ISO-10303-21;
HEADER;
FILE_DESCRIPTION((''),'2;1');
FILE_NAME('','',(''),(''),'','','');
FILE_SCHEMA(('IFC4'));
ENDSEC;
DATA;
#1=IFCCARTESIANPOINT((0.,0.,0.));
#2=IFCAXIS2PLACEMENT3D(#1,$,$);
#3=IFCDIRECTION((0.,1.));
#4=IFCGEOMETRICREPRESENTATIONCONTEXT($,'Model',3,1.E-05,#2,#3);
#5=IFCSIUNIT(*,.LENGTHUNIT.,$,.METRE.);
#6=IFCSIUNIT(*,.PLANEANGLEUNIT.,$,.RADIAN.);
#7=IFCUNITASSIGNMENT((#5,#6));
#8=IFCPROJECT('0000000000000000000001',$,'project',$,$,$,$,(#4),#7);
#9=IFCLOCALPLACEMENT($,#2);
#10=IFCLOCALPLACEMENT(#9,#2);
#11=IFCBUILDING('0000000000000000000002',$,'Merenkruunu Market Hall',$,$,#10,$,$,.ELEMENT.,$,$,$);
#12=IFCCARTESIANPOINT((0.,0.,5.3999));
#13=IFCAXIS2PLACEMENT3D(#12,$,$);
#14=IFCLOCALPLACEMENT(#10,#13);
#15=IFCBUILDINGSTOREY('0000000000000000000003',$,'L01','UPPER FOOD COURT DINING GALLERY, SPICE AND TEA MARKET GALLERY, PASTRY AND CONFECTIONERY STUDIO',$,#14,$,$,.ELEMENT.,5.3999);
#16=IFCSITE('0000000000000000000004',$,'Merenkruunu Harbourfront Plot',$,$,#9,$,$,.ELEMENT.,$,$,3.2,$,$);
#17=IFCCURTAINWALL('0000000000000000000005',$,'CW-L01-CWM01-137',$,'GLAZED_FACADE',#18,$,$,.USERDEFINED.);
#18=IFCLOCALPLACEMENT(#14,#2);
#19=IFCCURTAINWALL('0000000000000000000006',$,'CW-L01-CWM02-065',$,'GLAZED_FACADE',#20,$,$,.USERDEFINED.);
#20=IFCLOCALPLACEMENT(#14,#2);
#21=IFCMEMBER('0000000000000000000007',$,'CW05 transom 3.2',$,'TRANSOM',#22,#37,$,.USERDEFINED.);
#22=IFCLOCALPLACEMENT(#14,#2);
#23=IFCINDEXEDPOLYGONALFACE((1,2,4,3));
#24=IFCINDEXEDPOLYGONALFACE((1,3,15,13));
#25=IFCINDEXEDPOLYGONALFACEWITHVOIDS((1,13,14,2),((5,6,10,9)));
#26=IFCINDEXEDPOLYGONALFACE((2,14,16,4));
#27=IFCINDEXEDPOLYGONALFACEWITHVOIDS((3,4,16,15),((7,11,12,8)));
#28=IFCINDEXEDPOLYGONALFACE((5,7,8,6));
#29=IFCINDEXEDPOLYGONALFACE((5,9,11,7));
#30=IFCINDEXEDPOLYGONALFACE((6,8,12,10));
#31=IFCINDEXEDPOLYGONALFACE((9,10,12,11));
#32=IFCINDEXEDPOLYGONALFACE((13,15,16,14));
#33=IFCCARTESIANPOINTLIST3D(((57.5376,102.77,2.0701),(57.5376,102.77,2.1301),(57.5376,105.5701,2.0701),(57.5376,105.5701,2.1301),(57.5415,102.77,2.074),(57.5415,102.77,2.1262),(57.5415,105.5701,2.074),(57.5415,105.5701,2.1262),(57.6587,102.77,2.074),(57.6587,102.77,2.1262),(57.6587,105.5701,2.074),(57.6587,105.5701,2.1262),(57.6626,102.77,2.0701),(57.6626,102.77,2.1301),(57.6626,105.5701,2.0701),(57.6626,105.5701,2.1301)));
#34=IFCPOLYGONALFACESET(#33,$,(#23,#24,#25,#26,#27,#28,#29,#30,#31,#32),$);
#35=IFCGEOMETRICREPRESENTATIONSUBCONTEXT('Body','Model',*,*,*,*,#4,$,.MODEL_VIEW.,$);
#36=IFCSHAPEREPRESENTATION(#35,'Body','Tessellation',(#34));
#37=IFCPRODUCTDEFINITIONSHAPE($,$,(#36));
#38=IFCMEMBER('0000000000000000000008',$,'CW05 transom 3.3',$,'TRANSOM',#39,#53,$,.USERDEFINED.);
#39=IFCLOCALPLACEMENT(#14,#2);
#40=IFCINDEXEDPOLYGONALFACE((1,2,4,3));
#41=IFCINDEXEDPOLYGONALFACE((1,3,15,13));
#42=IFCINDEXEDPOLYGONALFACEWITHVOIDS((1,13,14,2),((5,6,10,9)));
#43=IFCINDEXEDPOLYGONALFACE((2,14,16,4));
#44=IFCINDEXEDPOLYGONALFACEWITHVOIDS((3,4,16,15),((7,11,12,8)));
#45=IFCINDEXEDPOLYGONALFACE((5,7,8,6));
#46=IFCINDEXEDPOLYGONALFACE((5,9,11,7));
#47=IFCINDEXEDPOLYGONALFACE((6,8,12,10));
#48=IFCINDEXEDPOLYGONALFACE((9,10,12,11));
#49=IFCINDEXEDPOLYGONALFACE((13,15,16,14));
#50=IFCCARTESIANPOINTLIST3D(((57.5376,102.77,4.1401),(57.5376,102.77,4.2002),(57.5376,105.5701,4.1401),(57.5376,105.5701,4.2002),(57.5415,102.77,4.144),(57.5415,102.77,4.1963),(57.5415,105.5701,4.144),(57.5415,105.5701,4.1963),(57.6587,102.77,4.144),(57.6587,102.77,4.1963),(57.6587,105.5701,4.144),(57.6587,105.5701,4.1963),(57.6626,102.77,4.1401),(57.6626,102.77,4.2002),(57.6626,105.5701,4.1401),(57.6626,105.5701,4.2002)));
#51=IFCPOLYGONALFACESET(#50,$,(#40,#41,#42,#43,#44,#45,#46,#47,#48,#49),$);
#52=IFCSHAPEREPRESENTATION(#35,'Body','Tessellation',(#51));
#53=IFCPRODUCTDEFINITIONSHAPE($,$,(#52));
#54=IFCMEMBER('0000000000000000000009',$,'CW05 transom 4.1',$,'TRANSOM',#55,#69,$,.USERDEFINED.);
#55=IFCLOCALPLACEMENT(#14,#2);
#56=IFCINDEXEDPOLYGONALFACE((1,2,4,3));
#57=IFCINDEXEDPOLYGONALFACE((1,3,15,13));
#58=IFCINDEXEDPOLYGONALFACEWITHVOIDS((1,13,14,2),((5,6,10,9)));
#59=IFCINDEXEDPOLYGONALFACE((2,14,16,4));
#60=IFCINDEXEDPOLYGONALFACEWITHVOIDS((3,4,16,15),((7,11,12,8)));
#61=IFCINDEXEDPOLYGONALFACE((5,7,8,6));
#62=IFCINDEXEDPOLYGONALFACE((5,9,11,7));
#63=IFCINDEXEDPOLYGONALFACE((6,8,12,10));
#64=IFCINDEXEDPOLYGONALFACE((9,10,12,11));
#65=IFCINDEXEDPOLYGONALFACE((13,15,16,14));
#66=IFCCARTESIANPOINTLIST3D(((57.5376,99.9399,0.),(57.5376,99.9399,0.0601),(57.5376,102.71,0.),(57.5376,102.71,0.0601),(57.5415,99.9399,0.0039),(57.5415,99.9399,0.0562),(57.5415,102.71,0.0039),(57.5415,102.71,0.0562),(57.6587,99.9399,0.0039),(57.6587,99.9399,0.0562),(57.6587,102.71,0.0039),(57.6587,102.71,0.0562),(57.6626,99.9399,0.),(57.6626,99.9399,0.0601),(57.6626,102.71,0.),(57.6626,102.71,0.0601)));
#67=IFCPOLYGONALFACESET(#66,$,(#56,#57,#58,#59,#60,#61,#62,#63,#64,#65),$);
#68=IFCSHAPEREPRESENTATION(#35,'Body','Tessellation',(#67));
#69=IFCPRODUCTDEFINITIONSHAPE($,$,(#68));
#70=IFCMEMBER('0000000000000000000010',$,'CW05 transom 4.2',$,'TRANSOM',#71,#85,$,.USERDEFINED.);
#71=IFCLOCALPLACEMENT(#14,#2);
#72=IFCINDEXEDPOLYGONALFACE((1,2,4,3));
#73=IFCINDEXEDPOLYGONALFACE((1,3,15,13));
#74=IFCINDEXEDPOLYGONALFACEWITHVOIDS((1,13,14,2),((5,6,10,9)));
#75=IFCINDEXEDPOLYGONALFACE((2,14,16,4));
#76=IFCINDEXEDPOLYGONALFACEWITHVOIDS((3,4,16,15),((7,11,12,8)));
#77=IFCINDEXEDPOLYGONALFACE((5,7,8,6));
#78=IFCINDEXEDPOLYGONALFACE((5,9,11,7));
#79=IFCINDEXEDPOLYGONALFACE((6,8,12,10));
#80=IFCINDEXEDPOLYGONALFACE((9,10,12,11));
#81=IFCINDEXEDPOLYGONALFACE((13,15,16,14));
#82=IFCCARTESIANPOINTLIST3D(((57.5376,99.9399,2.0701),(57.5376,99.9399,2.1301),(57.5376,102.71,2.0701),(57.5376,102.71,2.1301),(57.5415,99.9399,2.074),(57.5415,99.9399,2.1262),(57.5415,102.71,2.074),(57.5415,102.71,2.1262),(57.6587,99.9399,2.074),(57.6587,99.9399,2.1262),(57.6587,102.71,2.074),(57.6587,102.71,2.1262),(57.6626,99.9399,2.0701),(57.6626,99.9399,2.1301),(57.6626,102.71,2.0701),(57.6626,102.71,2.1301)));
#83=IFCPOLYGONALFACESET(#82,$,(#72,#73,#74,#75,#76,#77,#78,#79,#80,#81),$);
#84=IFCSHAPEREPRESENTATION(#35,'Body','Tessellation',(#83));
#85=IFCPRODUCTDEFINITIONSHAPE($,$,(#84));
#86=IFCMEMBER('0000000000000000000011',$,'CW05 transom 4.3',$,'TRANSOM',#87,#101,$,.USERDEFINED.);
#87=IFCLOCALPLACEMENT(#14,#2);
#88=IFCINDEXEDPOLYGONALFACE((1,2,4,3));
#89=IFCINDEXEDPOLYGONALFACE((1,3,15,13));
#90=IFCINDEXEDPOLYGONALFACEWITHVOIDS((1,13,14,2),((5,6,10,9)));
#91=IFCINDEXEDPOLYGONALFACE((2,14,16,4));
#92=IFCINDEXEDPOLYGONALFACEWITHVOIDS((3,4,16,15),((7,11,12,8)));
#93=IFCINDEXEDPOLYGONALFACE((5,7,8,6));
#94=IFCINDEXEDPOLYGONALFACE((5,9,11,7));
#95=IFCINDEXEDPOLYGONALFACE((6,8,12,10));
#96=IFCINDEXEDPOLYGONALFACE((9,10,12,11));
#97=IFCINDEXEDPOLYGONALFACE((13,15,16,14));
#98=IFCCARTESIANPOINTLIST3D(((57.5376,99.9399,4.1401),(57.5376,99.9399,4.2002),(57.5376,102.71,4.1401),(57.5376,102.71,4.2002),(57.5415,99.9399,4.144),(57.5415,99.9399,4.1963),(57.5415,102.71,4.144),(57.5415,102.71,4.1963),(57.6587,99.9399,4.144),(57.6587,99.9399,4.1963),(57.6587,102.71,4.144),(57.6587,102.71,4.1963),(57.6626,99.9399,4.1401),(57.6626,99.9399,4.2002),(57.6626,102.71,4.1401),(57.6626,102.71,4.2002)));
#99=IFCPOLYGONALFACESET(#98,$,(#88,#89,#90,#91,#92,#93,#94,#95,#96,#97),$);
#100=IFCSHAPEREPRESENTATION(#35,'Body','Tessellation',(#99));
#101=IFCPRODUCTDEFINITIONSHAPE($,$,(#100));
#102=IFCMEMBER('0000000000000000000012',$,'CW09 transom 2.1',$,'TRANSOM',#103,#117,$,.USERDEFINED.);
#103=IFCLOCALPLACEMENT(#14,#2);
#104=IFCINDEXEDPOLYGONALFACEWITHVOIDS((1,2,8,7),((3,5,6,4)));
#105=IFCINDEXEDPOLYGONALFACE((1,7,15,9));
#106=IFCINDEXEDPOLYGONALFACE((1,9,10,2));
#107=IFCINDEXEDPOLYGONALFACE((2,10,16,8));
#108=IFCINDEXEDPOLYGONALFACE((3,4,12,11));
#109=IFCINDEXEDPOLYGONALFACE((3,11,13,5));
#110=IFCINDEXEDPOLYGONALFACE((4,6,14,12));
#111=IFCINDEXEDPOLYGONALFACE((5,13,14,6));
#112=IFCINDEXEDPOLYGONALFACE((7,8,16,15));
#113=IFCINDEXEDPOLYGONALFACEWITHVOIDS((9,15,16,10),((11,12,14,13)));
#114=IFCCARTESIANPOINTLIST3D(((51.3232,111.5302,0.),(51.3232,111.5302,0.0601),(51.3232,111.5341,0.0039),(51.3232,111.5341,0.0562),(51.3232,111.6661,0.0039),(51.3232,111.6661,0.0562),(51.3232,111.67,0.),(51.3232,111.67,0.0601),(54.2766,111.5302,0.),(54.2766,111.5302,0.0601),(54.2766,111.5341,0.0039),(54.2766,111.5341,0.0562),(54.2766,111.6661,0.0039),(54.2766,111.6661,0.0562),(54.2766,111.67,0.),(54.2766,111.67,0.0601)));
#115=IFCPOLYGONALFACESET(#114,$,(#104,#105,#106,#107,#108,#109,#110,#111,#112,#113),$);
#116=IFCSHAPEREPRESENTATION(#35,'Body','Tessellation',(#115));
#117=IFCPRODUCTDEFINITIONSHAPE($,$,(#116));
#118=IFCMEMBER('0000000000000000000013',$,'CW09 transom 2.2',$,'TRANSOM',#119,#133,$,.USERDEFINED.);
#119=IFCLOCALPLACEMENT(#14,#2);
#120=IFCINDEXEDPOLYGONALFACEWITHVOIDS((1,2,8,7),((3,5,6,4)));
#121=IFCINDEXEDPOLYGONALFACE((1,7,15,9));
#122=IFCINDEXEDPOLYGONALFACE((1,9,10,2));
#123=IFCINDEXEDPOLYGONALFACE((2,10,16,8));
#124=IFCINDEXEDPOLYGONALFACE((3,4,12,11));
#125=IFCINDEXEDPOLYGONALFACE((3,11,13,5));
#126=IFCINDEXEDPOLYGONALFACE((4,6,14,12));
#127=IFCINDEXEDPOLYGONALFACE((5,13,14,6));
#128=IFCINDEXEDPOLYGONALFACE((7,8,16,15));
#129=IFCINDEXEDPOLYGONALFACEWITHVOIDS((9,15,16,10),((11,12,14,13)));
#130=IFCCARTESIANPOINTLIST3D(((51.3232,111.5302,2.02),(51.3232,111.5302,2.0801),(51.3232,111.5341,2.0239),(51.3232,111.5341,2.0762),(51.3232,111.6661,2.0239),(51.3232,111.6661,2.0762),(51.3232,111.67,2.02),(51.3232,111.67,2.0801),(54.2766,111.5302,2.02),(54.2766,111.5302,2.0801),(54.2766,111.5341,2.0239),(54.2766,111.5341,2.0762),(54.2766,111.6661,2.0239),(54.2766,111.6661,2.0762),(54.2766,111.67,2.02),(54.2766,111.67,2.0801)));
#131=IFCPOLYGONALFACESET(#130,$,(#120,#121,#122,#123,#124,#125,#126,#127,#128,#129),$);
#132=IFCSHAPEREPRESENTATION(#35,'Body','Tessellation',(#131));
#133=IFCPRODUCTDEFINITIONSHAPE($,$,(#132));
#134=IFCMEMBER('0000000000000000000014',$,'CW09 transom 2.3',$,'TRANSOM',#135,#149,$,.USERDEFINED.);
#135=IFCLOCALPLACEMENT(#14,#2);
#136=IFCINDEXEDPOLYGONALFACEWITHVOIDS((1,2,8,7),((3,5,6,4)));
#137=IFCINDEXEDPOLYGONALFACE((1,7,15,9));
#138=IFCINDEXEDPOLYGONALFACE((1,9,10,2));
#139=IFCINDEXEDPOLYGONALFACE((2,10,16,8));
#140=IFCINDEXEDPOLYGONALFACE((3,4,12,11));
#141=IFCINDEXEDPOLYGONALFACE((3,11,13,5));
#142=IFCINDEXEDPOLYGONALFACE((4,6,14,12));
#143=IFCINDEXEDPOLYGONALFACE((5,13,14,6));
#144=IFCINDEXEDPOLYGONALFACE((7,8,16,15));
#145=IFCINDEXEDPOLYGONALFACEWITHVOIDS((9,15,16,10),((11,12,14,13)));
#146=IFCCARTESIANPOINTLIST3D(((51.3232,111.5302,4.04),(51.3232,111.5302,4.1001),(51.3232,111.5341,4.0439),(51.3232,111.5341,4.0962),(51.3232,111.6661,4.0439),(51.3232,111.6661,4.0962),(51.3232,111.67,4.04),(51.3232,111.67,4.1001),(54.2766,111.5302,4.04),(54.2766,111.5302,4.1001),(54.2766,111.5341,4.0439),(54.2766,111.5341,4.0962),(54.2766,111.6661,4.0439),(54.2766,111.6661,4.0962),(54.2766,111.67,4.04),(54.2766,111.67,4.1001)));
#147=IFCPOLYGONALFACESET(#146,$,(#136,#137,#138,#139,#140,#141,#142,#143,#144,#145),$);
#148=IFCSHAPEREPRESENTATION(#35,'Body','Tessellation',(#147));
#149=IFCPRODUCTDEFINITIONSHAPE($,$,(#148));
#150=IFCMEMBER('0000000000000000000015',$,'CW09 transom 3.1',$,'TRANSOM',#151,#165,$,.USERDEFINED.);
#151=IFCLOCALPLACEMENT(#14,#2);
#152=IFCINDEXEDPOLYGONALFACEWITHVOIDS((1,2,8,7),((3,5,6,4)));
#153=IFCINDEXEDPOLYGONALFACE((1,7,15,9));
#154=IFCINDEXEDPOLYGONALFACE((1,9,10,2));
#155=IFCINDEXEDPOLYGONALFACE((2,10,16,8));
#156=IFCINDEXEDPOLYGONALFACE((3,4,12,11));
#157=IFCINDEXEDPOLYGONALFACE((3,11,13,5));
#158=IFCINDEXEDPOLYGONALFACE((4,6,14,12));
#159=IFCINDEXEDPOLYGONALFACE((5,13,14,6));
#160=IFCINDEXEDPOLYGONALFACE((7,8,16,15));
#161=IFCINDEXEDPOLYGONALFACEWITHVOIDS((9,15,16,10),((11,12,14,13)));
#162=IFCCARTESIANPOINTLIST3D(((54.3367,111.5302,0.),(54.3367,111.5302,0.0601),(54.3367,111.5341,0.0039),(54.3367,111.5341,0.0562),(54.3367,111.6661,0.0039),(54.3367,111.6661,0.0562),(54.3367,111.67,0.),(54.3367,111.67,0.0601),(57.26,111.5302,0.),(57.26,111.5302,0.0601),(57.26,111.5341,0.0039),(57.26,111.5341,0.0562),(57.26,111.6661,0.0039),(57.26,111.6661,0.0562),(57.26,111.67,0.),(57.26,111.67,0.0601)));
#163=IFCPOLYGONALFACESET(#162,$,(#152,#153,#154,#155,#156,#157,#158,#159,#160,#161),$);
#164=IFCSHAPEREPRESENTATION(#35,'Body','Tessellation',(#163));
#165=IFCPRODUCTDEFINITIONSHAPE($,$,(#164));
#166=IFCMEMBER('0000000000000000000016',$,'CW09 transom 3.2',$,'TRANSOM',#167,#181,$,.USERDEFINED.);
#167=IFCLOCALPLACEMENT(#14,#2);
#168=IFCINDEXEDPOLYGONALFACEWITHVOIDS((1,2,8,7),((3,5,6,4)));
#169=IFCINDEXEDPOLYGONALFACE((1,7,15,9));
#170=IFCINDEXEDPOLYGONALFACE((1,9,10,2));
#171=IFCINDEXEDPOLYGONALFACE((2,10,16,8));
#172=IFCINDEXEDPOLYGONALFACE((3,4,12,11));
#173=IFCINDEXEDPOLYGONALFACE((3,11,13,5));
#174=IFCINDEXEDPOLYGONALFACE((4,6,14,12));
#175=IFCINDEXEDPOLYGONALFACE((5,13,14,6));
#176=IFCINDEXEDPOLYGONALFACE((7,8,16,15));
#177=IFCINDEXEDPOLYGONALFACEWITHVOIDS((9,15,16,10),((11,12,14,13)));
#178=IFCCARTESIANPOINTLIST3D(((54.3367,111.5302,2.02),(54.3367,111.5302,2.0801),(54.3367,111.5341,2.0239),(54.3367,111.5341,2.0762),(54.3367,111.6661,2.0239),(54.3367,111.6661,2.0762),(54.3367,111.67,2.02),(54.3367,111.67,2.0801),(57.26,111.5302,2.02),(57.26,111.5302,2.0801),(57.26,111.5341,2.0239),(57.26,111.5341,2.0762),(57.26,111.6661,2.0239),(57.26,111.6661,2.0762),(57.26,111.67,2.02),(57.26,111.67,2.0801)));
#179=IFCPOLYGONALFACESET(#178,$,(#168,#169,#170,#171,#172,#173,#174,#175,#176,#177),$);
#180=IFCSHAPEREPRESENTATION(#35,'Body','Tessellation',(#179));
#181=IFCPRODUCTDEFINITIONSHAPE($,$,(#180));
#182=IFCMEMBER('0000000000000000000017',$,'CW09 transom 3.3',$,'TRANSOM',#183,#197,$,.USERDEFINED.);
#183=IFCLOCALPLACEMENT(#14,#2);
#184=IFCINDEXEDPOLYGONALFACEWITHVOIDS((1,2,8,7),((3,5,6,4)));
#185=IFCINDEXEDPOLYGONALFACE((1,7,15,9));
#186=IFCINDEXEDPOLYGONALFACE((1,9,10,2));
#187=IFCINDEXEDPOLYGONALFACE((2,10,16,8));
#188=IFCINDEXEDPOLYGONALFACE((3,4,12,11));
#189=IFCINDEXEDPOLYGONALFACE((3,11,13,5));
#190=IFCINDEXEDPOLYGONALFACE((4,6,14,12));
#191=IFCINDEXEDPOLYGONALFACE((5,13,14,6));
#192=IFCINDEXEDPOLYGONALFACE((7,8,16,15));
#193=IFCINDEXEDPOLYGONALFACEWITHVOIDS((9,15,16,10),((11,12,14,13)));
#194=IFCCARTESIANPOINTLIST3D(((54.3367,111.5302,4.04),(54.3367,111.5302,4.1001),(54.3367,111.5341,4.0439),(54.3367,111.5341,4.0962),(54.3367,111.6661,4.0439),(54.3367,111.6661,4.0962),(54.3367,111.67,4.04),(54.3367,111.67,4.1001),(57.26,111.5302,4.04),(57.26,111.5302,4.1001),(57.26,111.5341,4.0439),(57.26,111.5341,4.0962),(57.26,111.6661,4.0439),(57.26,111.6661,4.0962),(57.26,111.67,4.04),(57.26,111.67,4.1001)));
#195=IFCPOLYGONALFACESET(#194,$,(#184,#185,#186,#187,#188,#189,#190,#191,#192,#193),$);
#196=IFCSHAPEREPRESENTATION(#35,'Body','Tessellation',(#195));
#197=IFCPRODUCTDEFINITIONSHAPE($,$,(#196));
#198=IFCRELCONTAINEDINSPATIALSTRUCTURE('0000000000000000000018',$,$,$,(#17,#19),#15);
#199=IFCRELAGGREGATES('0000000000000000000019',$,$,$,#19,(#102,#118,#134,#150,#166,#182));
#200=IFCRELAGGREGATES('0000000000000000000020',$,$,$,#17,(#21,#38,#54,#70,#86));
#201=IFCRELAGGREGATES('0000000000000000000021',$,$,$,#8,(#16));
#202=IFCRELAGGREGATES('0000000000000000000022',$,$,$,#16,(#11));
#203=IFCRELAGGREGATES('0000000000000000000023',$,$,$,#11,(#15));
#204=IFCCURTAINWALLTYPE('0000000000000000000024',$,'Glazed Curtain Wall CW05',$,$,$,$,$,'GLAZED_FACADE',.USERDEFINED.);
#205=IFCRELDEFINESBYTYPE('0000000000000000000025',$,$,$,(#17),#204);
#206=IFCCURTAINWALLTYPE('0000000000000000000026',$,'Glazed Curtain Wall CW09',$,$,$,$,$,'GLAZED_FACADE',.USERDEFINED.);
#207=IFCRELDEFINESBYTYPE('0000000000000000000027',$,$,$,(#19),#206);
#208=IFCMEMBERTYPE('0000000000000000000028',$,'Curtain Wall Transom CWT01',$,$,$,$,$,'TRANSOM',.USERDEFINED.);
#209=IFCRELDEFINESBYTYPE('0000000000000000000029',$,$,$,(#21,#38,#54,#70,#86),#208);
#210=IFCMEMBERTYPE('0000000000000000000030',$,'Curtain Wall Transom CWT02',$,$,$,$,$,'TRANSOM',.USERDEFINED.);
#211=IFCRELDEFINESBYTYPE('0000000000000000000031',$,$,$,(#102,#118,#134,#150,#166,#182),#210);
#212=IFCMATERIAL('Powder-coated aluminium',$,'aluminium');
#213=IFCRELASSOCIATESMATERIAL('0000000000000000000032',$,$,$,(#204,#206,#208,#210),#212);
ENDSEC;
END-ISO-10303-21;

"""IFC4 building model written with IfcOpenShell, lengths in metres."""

from ifc_helpers import new_model, si_unit, direction, frame, origin, origin_2d, place, context, subcontext, project, spatial, hollow_rectangle, extrude, material, material_profile, profile_set, type_object, element, aggregate, save


model = new_model("IFC4")

# Units and contexts
model_context = context("Model", 3, precision=1e-05, world=origin(), true_north=direction((0.0, 1.0)))
body_context = subcontext(model_context, "Body", "Model", "MODEL_VIEW")
ifc_project = project(units=[si_unit("LENGTHUNIT", "METRE"), si_unit("PLANEANGLEUNIT", "RADIAN")], contexts=[model_context])

# Site, building, storey
site_placement = place(None, origin())
site = spatial("IfcSite", under=ifc_project, at=site_placement, Name="Merenkruunu Harbourfront Plot", CompositionType="ELEMENT", RefElevation=3.2)
building_placement = place(site_placement, origin())
building = spatial("IfcBuilding", under=site, at=building_placement, Name="Merenkruunu Market Hall", CompositionType="ELEMENT")
storey_placement = place(building_placement, frame((0.0, 0.0, 5.3999)))
storey = spatial("IfcBuildingStorey", under=building, at=storey_placement, Name="L01", Description="UPPER FOOD COURT DINING GALLERY, SPICE AND TEA MARKET GALLERY, PASTRY AND CONFECTIONERY STUDIO", CompositionType="ELEMENT", Elevation=5.3999)

# Shared definitions
ifc_material_1 = material(Name="Powder-coated aluminium", Category="aluminium")

# Curtain walls
curtain_wall_type_1 = type_object("IfcCurtainWallType", Name="Glazed Curtain Wall CW05", ElementType="GLAZED_FACADE", PredefinedType="USERDEFINED", material=ifc_material_1)
curtain_wall_1_placement = place(storey_placement, origin())
curtain_wall_1 = element("IfcCurtainWall", 1, at=curtain_wall_1_placement, inside=storey, type_object=curtain_wall_type_1, Name="CW-L01-CWM01-137", ObjectType="GLAZED_FACADE", PredefinedType="USERDEFINED")
curtain_wall_type_2 = type_object("IfcCurtainWallType", Name="Glazed Curtain Wall CW09", ElementType="GLAZED_FACADE", PredefinedType="USERDEFINED", material=ifc_material_1)
curtain_wall_2_placement = place(storey_placement, origin())
curtain_wall_2 = element("IfcCurtainWall", 2, at=curtain_wall_2_placement, inside=storey, type_object=curtain_wall_type_2, Name="CW-L01-CWM02-065", ObjectType="GLAZED_FACADE", PredefinedType="USERDEFINED")

# Members
ifc_material_profile_1 = material_profile(ifc_material_1, hollow_rectangle(XDim=0.0601, YDim=0.125, WallThickness=0.0039, at=origin_2d()), Name="ALU 60x125x4")
ifc_profile_set_1 = profile_set([ifc_material_profile_1], Name="Powder-coated aluminium")
member_type_1 = type_object("IfcMemberType", Name="Curtain Wall Transom CWT01", ElementType="TRANSOM", PredefinedType="USERDEFINED", material=ifc_profile_set_1)
member_1_placement = place(storey_placement, frame((57.6001, 105.5701, 2.1001), z_axis=(0.0, -1.0, 0.0), x_axis=(0.0, 0.0, 1.0)))
member_1 = element("IfcMember", 3, at=member_1_placement, type_object=member_type_1, Name="CW05 transom 3.2", ObjectType="TRANSOM", PredefinedType="USERDEFINED", context=body_context, shape_type="SweptSolid", body=[
    extrude(hollow_rectangle(XDim=0.0601, YDim=0.125, WallThickness=0.0039, at=origin_2d()), origin(), (0.0, 0.0, 1.0), 2.8),
])
member_2_placement = place(storey_placement, frame((57.6001, 105.5701, 4.1702), z_axis=(0.0, -1.0, 0.0), x_axis=(0.0, 0.0, 1.0)))
member_2 = element("IfcMember", 4, at=member_2_placement, type_object=member_type_1, Name="CW05 transom 3.3", ObjectType="TRANSOM", PredefinedType="USERDEFINED", context=body_context, shape_type="SweptSolid", body=[
    extrude(hollow_rectangle(XDim=0.0601, YDim=0.125, WallThickness=0.0039, at=origin_2d()), origin(), (0.0, 0.0, 1.0), 2.8),
])
member_3_placement = place(storey_placement, frame((57.6001, 102.71, 0.03), z_axis=(0.0, -1.0, 0.0), x_axis=(0.0, 0.0, 1.0)))
member_3 = element("IfcMember", 5, at=member_3_placement, type_object=member_type_1, Name="CW05 transom 4.1", ObjectType="TRANSOM", PredefinedType="USERDEFINED", context=body_context, shape_type="SweptSolid", body=[
    extrude(hollow_rectangle(XDim=0.0601, YDim=0.125, WallThickness=0.0039, at=origin_2d()), origin(), (0.0, 0.0, 1.0), 2.77),
])
member_4_placement = place(storey_placement, frame((57.6001, 102.71, 2.1001), z_axis=(0.0, -1.0, 0.0), x_axis=(0.0, 0.0, 1.0)))
member_4 = element("IfcMember", 6, at=member_4_placement, type_object=member_type_1, Name="CW05 transom 4.2", ObjectType="TRANSOM", PredefinedType="USERDEFINED", context=body_context, shape_type="SweptSolid", body=[
    extrude(hollow_rectangle(XDim=0.0601, YDim=0.125, WallThickness=0.0039, at=origin_2d()), origin(), (0.0, 0.0, 1.0), 2.77),
])
member_5_placement = place(storey_placement, frame((57.6001, 102.71, 4.1702), z_axis=(0.0, -1.0, 0.0), x_axis=(0.0, 0.0, 1.0)))
member_5 = element("IfcMember", 7, at=member_5_placement, type_object=member_type_1, Name="CW05 transom 4.3", ObjectType="TRANSOM", PredefinedType="USERDEFINED", context=body_context, shape_type="SweptSolid", body=[
    extrude(hollow_rectangle(XDim=0.0601, YDim=0.125, WallThickness=0.0039, at=origin_2d()), origin(), (0.0, 0.0, 1.0), 2.77),
])
ifc_material_profile_2 = material_profile(ifc_material_1, hollow_rectangle(XDim=0.0601, YDim=0.1399, WallThickness=0.0039, at=origin_2d()), Name="ALU 60x140x4")
ifc_profile_set_2 = profile_set([ifc_material_profile_2], Name="Powder-coated aluminium")
member_type_2 = type_object("IfcMemberType", Name="Curtain Wall Transom CWT02", ElementType="TRANSOM", PredefinedType="USERDEFINED", material=ifc_profile_set_2)
member_6_placement = place(storey_placement, frame((51.3232, 111.6001, 0.03), z_axis=(1.0, 0.0, 0.0), x_axis=(0.0, 0.0, 1.0)))
member_6 = element("IfcMember", 8, at=member_6_placement, type_object=member_type_2, Name="CW09 transom 2.1", ObjectType="TRANSOM", PredefinedType="USERDEFINED", context=body_context, shape_type="SweptSolid", body=[
    extrude(hollow_rectangle(XDim=0.0601, YDim=0.1399, WallThickness=0.0039, at=origin_2d()), origin(), (0.0, 0.0, 1.0), 2.9534),
])
member_7_placement = place(storey_placement, frame((51.3232, 111.6001, 2.05), z_axis=(1.0, 0.0, 0.0), x_axis=(0.0, 0.0, 1.0)))
member_7 = element("IfcMember", 9, at=member_7_placement, type_object=member_type_2, Name="CW09 transom 2.2", ObjectType="TRANSOM", PredefinedType="USERDEFINED", context=body_context, shape_type="SweptSolid", body=[
    extrude(hollow_rectangle(XDim=0.0601, YDim=0.1399, WallThickness=0.0039, at=origin_2d()), origin(), (0.0, 0.0, 1.0), 2.9534),
])
member_8_placement = place(storey_placement, frame((51.3232, 111.6001, 4.0701), z_axis=(1.0, 0.0, 0.0), x_axis=(0.0, 0.0, 1.0)))
member_8 = element("IfcMember", 10, at=member_8_placement, type_object=member_type_2, Name="CW09 transom 2.3", ObjectType="TRANSOM", PredefinedType="USERDEFINED", context=body_context, shape_type="SweptSolid", body=[
    extrude(hollow_rectangle(XDim=0.0601, YDim=0.1399, WallThickness=0.0039, at=origin_2d()), origin(), (0.0, 0.0, 1.0), 2.9534),
])
member_9_placement = place(storey_placement, frame((54.3367, 111.6001, 0.03), z_axis=(1.0, 0.0, 0.0), x_axis=(0.0, 0.0, 1.0)))
member_9 = element("IfcMember", 11, at=member_9_placement, type_object=member_type_2, Name="CW09 transom 3.1", ObjectType="TRANSOM", PredefinedType="USERDEFINED", context=body_context, shape_type="SweptSolid", body=[
    extrude(hollow_rectangle(XDim=0.0601, YDim=0.1399, WallThickness=0.0039, at=origin_2d()), origin(), (0.0, 0.0, 1.0), 2.9233),
])
member_10_placement = place(storey_placement, frame((54.3367, 111.6001, 2.05), z_axis=(1.0, 0.0, 0.0), x_axis=(0.0, 0.0, 1.0)))
member_10 = element("IfcMember", 12, at=member_10_placement, type_object=member_type_2, Name="CW09 transom 3.2", ObjectType="TRANSOM", PredefinedType="USERDEFINED", context=body_context, shape_type="SweptSolid", body=[
    extrude(hollow_rectangle(XDim=0.0601, YDim=0.1399, WallThickness=0.0039, at=origin_2d()), origin(), (0.0, 0.0, 1.0), 2.9233),
])
member_11_placement = place(storey_placement, frame((54.3367, 111.6001, 4.0701), z_axis=(1.0, 0.0, 0.0), x_axis=(0.0, 0.0, 1.0)))
member_11 = element("IfcMember", 13, at=member_11_placement, type_object=member_type_2, Name="CW09 transom 3.3", ObjectType="TRANSOM", PredefinedType="USERDEFINED", context=body_context, shape_type="SweptSolid", body=[
    extrude(hollow_rectangle(XDim=0.0601, YDim=0.1399, WallThickness=0.0039, at=origin_2d()), origin(), (0.0, 0.0, 1.0), 2.9233),
])

aggregate(curtain_wall_2, [member_6, member_7, member_8, member_9, member_10, member_11])
aggregate(curtain_wall_1, [member_1, member_2, member_3, member_4, member_5])

save(model, "model.ifc")
